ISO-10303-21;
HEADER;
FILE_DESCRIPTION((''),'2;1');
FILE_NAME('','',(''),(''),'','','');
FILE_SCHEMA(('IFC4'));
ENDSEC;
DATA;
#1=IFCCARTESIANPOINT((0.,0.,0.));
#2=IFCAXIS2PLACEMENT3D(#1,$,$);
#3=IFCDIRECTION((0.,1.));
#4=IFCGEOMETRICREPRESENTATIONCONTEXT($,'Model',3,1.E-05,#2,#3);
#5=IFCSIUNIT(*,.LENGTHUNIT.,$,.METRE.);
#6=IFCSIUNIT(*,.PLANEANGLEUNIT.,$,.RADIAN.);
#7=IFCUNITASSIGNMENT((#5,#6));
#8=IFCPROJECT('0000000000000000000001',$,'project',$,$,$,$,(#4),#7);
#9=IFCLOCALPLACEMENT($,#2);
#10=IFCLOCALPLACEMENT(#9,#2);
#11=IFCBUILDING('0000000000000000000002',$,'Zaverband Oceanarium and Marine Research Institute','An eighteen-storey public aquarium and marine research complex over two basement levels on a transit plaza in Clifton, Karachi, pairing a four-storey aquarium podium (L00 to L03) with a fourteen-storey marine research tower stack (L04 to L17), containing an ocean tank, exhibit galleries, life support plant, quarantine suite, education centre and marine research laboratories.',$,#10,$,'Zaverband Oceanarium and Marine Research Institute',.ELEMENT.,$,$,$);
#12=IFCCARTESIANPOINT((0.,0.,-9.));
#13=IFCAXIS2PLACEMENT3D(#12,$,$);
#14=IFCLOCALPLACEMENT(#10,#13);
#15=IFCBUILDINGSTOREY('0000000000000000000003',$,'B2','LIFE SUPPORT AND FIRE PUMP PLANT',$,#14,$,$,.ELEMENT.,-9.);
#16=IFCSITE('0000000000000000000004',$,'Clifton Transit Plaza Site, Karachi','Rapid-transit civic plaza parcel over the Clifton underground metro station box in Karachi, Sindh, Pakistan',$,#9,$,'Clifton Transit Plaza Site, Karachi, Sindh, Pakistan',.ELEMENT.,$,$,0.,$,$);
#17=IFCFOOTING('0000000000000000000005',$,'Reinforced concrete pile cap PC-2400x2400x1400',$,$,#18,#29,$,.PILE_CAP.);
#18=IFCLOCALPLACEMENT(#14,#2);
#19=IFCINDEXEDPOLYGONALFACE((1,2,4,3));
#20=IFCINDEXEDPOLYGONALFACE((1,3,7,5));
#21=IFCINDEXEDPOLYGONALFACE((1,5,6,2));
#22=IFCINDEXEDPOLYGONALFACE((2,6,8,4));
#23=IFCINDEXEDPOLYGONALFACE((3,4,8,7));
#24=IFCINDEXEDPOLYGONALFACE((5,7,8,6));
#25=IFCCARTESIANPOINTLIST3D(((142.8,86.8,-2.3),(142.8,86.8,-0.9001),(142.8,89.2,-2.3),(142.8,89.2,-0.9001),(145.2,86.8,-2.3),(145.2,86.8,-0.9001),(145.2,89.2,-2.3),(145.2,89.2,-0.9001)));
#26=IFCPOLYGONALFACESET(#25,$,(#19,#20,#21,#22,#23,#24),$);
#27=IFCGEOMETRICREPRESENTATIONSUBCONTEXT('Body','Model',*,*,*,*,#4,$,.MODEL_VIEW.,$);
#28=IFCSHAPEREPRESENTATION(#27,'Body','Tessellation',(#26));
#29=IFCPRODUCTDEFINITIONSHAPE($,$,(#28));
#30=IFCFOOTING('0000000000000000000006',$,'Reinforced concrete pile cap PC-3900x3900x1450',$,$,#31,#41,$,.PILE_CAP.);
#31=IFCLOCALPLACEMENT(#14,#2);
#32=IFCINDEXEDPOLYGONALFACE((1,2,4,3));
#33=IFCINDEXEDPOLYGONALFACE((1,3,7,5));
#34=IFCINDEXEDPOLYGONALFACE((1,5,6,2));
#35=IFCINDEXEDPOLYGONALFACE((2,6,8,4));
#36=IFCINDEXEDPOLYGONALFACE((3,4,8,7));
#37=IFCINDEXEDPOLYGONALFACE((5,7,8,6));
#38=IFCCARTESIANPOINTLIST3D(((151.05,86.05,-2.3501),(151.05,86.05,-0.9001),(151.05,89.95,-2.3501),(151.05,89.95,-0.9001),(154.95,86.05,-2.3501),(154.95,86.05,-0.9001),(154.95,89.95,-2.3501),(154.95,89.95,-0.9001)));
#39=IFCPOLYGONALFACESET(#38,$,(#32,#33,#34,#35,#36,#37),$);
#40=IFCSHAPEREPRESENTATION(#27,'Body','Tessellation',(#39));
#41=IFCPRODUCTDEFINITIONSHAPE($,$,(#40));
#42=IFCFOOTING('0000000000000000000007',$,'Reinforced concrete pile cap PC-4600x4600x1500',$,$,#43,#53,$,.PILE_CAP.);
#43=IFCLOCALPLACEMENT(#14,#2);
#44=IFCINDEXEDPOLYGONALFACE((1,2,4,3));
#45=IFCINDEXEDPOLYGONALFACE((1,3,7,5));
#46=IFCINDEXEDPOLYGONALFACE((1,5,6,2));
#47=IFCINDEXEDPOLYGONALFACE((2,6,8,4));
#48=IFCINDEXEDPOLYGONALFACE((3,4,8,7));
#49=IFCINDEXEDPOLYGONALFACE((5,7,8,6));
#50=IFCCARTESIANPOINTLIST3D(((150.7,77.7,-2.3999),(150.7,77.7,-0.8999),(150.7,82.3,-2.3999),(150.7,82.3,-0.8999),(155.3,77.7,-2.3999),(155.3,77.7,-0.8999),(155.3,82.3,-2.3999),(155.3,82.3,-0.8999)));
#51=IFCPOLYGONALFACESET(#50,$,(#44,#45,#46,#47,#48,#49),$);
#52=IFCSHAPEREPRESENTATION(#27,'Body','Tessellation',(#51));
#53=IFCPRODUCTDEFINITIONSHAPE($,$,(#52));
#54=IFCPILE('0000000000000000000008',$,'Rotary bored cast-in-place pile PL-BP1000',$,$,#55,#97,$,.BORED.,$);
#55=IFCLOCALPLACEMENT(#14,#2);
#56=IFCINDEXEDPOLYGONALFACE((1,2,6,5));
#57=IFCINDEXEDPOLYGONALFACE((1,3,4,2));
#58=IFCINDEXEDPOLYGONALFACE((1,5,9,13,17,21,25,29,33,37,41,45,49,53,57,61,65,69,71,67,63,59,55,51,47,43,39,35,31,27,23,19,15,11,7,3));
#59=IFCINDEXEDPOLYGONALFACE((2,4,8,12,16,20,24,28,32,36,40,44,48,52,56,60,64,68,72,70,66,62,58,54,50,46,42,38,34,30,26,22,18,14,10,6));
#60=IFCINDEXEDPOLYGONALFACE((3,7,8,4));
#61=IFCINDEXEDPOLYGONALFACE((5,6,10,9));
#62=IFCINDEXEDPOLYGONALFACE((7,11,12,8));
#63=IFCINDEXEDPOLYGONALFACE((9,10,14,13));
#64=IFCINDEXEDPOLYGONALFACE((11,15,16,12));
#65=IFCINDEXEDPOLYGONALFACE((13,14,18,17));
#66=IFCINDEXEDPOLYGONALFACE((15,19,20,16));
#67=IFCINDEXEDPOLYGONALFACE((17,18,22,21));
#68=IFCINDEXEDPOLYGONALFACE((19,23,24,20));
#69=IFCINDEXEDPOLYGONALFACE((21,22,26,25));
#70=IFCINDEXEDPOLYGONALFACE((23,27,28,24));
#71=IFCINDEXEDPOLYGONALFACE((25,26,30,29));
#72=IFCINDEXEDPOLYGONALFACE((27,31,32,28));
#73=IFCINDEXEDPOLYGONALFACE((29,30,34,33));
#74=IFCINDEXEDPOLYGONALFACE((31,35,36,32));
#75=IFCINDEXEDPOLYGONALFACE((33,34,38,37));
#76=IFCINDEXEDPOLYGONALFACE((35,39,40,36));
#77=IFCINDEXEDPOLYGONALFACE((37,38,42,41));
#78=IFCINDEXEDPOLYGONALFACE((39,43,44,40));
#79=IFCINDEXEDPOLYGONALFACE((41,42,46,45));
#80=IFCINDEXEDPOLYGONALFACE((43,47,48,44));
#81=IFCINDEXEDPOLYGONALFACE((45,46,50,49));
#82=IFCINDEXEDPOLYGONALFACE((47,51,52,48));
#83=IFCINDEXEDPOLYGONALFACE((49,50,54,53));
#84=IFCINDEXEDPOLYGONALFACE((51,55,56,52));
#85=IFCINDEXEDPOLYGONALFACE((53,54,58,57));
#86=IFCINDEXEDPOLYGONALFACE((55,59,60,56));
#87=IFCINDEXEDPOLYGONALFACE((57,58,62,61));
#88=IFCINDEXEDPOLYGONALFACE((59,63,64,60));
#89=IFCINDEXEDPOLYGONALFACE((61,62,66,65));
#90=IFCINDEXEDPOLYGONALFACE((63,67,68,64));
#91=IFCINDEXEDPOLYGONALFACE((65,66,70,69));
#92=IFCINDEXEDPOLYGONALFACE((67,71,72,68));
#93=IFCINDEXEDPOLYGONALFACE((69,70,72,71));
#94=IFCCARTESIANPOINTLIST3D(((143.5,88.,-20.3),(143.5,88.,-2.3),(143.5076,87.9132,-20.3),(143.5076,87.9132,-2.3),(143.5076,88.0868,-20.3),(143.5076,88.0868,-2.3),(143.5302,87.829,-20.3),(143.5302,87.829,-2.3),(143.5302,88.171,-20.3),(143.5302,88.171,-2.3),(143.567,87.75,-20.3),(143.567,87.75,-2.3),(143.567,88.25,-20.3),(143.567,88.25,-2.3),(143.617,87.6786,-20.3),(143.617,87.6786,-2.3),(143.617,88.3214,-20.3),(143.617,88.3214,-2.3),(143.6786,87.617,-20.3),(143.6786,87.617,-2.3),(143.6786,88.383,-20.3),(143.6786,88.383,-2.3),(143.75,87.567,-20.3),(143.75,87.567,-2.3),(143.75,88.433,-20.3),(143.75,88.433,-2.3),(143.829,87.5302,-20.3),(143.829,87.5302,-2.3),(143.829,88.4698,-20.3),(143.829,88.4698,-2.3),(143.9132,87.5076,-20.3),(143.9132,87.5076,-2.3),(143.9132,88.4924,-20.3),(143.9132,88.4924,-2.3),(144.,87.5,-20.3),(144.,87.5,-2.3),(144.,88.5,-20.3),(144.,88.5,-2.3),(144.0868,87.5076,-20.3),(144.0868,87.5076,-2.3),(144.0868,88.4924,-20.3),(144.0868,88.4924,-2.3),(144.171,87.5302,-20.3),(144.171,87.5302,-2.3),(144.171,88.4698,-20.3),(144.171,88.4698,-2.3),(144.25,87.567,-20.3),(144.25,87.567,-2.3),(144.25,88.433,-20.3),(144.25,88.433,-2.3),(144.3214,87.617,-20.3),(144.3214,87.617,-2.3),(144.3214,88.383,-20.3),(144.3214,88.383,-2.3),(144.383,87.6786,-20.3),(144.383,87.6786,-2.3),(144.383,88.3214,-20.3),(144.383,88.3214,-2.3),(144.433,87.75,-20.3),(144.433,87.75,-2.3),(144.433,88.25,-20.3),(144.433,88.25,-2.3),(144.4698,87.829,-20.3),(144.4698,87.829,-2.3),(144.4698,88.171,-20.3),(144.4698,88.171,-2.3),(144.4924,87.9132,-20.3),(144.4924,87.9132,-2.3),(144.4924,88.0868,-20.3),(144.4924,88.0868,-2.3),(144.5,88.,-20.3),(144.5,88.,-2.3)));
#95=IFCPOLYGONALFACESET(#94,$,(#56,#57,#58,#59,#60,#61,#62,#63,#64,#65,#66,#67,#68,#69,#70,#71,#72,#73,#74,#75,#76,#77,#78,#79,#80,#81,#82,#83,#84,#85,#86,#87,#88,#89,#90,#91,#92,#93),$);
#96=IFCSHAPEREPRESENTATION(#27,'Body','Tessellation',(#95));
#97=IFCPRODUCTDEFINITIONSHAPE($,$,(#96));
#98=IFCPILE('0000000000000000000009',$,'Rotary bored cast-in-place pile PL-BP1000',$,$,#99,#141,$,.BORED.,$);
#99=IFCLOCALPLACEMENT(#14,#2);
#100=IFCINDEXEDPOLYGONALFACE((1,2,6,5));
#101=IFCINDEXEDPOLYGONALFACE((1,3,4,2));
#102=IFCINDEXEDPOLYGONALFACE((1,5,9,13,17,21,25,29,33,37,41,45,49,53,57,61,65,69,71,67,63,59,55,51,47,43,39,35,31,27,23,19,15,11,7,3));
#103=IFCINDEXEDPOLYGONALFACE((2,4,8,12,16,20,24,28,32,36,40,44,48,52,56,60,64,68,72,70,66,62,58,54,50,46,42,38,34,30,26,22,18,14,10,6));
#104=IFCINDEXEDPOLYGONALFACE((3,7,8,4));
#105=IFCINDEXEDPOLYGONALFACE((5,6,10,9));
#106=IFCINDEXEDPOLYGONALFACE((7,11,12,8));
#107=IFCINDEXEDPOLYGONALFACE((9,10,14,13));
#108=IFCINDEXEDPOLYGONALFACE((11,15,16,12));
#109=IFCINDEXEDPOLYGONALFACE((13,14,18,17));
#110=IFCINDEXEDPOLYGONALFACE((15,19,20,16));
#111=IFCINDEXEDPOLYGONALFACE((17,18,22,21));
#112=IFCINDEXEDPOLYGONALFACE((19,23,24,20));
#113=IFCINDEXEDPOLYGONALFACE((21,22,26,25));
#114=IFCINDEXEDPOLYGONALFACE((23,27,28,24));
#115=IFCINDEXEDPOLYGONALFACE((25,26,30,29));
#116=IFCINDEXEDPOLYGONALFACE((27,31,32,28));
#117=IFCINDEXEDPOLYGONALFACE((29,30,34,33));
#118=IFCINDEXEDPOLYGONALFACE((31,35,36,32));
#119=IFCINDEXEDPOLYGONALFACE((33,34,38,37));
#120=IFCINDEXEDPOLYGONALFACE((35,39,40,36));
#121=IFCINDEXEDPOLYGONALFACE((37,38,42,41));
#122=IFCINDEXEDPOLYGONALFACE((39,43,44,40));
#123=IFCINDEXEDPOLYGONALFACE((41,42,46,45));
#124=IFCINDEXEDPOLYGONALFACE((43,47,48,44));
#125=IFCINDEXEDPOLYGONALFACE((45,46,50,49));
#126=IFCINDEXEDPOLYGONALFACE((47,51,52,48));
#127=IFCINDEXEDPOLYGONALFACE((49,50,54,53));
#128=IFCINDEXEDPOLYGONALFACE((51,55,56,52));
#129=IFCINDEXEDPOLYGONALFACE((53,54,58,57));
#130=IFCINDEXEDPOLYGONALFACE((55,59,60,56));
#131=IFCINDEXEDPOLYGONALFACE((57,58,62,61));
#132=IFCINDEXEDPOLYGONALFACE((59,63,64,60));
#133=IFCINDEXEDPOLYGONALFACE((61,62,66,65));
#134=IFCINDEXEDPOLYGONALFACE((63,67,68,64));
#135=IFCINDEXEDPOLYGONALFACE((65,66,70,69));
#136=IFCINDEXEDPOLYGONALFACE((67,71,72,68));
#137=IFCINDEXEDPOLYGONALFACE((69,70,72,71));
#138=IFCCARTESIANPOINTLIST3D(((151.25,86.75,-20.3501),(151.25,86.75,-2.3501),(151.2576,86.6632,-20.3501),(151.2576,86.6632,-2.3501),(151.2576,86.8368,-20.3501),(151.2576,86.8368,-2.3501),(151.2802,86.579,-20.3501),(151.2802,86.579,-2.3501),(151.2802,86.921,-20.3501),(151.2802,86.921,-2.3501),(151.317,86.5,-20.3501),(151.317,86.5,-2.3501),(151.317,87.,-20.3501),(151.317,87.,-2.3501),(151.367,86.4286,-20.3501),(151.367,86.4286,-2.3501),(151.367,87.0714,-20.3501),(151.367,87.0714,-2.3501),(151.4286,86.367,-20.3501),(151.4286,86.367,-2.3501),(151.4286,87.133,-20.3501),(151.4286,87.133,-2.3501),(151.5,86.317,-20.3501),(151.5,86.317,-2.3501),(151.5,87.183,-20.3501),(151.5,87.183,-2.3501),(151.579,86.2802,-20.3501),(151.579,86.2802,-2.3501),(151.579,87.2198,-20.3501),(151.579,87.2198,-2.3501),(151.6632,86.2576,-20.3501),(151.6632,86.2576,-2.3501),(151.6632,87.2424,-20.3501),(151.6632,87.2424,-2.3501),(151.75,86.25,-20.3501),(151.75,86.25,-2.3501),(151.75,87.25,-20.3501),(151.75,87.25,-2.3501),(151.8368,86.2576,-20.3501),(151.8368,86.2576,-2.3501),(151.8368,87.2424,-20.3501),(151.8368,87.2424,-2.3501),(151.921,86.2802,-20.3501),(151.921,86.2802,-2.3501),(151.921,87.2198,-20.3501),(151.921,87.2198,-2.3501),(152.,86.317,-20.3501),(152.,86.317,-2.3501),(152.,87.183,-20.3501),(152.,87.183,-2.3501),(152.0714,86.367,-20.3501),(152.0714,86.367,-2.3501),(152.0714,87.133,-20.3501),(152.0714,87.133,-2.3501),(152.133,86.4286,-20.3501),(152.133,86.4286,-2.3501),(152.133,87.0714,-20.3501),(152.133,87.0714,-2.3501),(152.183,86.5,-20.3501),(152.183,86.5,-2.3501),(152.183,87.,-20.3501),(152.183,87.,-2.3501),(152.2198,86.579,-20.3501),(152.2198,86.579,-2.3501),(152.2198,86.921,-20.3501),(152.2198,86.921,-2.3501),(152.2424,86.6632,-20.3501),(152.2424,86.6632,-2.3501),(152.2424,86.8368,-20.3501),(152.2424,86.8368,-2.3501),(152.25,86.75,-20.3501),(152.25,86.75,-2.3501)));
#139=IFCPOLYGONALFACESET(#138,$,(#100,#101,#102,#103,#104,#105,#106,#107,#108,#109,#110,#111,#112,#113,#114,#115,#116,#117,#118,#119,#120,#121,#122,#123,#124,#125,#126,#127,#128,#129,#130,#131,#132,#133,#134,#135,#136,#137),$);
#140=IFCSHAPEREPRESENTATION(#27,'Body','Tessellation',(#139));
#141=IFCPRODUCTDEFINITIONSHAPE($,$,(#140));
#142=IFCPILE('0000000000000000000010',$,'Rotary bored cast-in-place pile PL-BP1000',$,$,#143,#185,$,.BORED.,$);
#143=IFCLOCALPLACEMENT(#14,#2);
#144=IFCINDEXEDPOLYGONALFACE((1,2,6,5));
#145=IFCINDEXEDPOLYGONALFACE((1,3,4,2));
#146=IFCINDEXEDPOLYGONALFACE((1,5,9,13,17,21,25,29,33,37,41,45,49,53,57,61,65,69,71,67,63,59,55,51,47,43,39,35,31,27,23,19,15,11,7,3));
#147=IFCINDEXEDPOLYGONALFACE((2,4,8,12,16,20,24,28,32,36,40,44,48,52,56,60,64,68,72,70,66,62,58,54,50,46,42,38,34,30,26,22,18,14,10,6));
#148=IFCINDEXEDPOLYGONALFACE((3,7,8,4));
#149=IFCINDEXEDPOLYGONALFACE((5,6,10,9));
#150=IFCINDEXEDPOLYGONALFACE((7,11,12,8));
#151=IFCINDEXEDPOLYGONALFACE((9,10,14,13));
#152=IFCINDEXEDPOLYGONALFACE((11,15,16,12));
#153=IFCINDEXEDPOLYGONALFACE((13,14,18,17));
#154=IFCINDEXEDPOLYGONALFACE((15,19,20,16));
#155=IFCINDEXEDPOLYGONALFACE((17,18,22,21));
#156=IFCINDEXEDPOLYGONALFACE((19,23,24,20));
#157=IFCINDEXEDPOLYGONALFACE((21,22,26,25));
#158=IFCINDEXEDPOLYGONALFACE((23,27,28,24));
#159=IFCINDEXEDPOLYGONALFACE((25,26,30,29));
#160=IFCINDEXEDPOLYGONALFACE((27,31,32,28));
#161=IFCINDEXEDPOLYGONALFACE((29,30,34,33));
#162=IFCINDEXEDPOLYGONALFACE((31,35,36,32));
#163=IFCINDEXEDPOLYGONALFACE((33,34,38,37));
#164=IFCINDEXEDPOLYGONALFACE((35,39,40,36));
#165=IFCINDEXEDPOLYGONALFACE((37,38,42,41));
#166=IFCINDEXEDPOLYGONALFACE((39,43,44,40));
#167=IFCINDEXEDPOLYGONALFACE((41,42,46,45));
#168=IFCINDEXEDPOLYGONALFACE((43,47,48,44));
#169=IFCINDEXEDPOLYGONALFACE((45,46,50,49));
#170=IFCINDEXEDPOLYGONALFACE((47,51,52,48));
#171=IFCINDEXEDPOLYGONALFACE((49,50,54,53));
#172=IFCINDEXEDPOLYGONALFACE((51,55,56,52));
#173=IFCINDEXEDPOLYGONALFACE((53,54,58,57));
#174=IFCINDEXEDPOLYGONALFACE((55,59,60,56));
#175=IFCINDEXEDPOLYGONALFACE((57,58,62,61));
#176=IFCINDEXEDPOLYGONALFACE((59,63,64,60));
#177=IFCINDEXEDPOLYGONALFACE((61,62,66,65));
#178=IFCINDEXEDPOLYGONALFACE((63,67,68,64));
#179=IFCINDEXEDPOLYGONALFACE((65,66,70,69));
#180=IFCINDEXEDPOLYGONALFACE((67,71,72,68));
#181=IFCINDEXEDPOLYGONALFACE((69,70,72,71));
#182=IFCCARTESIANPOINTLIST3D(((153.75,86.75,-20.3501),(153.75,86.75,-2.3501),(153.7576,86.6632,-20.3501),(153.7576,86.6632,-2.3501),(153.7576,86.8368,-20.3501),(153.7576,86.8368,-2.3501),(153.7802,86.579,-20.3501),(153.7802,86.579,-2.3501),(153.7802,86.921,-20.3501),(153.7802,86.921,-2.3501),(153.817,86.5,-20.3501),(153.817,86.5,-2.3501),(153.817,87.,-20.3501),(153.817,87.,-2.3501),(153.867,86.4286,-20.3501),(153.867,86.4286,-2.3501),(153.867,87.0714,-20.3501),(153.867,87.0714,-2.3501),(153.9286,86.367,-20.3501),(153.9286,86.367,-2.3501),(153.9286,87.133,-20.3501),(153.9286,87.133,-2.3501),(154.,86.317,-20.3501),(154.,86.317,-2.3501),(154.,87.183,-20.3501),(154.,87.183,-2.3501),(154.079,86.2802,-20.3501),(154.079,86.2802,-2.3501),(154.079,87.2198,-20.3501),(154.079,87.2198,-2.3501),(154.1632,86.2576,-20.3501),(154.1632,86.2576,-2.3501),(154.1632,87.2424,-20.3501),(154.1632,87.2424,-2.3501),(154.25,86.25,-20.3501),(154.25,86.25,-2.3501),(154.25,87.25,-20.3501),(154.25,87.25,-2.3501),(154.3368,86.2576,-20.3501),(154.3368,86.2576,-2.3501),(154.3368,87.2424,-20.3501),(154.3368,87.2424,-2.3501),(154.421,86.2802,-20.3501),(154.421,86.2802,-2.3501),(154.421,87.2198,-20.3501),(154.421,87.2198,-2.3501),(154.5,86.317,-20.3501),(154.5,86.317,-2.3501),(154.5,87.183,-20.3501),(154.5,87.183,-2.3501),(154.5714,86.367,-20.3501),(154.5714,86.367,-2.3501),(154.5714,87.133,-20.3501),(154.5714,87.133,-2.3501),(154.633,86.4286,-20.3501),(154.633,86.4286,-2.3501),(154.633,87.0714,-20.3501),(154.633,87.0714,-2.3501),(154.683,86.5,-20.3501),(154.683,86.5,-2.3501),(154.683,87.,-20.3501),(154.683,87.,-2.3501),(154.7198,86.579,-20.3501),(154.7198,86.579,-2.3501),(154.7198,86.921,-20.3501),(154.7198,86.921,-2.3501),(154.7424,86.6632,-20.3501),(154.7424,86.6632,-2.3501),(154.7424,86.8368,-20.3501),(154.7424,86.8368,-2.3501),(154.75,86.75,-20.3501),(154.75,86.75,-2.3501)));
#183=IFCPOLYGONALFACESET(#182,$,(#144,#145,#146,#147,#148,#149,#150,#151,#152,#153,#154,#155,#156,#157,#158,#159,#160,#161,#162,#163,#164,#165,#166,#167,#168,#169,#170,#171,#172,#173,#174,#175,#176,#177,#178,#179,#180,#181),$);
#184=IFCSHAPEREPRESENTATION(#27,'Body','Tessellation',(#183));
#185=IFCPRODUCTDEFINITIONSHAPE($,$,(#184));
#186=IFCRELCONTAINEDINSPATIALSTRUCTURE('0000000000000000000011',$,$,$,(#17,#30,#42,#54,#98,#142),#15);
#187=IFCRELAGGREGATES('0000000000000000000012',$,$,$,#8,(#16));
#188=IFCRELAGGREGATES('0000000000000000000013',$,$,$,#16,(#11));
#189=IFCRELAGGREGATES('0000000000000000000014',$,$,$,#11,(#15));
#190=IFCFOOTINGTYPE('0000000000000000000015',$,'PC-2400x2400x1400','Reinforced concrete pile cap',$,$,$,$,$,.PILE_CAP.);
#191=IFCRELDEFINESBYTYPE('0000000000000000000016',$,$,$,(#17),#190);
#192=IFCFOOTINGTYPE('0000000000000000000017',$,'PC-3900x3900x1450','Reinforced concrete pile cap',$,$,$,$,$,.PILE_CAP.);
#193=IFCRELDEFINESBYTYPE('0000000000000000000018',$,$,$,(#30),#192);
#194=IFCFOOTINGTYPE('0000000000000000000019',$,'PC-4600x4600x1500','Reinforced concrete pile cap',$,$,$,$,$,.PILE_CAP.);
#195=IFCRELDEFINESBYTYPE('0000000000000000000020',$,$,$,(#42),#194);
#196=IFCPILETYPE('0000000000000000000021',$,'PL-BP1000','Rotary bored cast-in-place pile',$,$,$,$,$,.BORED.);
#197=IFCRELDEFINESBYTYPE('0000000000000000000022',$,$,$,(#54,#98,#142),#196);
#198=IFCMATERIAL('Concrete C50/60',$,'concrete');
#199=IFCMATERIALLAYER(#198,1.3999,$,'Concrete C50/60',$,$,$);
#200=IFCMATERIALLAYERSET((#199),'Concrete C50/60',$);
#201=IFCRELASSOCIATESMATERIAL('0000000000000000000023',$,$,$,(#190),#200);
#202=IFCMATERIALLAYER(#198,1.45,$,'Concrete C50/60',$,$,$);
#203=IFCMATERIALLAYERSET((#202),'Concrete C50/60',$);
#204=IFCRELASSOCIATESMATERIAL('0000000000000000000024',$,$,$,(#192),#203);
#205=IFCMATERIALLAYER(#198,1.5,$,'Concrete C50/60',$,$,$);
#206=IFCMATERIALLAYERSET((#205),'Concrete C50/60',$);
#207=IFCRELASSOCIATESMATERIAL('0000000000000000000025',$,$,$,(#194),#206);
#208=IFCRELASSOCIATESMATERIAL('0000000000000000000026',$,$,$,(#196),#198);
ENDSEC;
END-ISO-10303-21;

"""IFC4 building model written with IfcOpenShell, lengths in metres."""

from ifc_helpers import new_model, si_unit, direction, frame, origin, origin_2d, place, context, subcontext, project, spatial, rectangle, circle, extrude, material, layer, layer_set, material_profile, profile_set, type_object, element, save


model = new_model("IFC4")

# Units and contexts
model_context = context("Model", 3, precision=1e-05, world=origin(), true_north=direction((0.0, 1.0)))
body_context = subcontext(model_context, "Body", "Model", "MODEL_VIEW")
ifc_project = project(units=[si_unit("LENGTHUNIT", "METRE"), si_unit("PLANEANGLEUNIT", "RADIAN")], contexts=[model_context])

# Site, building, storey
site_placement = place(None, origin())
site = spatial("IfcSite", under=ifc_project, at=site_placement, Name="Clifton Transit Plaza Site, Karachi", Description="Rapid-transit civic plaza parcel over the Clifton underground metro station box in Karachi, Sindh, Pakistan", LongName="Clifton Transit Plaza Site, Karachi, Sindh, Pakistan", CompositionType="ELEMENT", RefElevation=0.0)
building_placement = place(site_placement, origin())
building = spatial("IfcBuilding", under=site, at=building_placement, Name="Zaverband Oceanarium and Marine Research Institute", Description="An eighteen-storey public aquarium and marine research complex over two basement levels on a transit plaza in Clifton, Karachi, pairing a four-storey aquarium podium (L00 to L03) with a fourteen-storey marine research tower stack (L04 to L17), containing an ocean tank, exhibit galleries, life support plant, quarantine suite, education centre and marine research laboratories.", LongName="Zaverband Oceanarium and Marine Research Institute", CompositionType="ELEMENT")
storey_placement = place(building_placement, frame((0.0, 0.0, -9.0)))
storey = spatial("IfcBuildingStorey", under=building, at=storey_placement, Name="B2", Description="LIFE SUPPORT AND FIRE PUMP PLANT", CompositionType="ELEMENT", Elevation=-9.0)

# Footings
ifc_material_1 = material(Name="Concrete C50/60", Category="concrete")
ifc_layer_1 = layer(ifc_material_1, 1.3999, Name="Concrete C50/60")
ifc_layer_set_1 = layer_set([ifc_layer_1], Name="Concrete C50/60")
footing_type_1 = type_object("IfcFootingType", Name="PC-2400x2400x1400", Description="Reinforced concrete pile cap", PredefinedType="PILE_CAP", material=ifc_layer_set_1)
footing_1_placement = place(storey_placement, frame((144.0, 88.0, -2.3), z_axis=(0.0, 0.0, 1.0), x_axis=(1.0, 0.0, 0.0)))
element("IfcFooting", 1, at=footing_1_placement, inside=storey, type_object=footing_type_1, Name="Reinforced concrete pile cap PC-2400x2400x1400", PredefinedType="PILE_CAP", context=body_context, shape_type="SweptSolid", body=[
    extrude(rectangle(XDim=2.3999, YDim=2.3999, at=origin_2d()), origin(), (0.0, 0.0, 1.0), 1.3999),
])
ifc_layer_2 = layer(ifc_material_1, 1.45, Name="Concrete C50/60")
ifc_layer_set_2 = layer_set([ifc_layer_2], Name="Concrete C50/60")
footing_type_2 = type_object("IfcFootingType", Name="PC-3900x3900x1450", Description="Reinforced concrete pile cap", PredefinedType="PILE_CAP", material=ifc_layer_set_2)
footing_2_placement = place(storey_placement, frame((153.0, 88.0, -2.3501), z_axis=(0.0, 0.0, 1.0), x_axis=(1.0, 0.0, 0.0)))
element("IfcFooting", 2, at=footing_2_placement, inside=storey, type_object=footing_type_2, Name="Reinforced concrete pile cap PC-3900x3900x1450", PredefinedType="PILE_CAP", context=body_context, shape_type="SweptSolid", body=[
    extrude(rectangle(XDim=3.8999, YDim=3.8999, at=origin_2d()), origin(), (0.0, 0.0, 1.0), 1.45),
])
ifc_layer_3 = layer(ifc_material_1, 1.5, Name="Concrete C50/60")
ifc_layer_set_3 = layer_set([ifc_layer_3], Name="Concrete C50/60")
footing_type_3 = type_object("IfcFootingType", Name="PC-4600x4600x1500", Description="Reinforced concrete pile cap", PredefinedType="PILE_CAP", material=ifc_layer_set_3)
footing_3_placement = place(storey_placement, frame((153.0, 80.0, -2.3999), z_axis=(0.0, 0.0, 1.0), x_axis=(1.0, 0.0, 0.0)))
element("IfcFooting", 3, at=footing_3_placement, inside=storey, type_object=footing_type_3, Name="Reinforced concrete pile cap PC-4600x4600x1500", PredefinedType="PILE_CAP", context=body_context, shape_type="SweptSolid", body=[
    extrude(rectangle(XDim=4.6001, YDim=4.6001, at=origin_2d()), origin(), (0.0, 0.0, 1.0), 1.5),
])

# Piles
ifc_material_profile_1 = material_profile(ifc_material_1, circle(Radius=0.5, at=origin_2d()), Name="BP1000")
ifc_profile_set_1 = profile_set([ifc_material_profile_1], Name="Concrete C50/60")
pile_type_1 = type_object("IfcPileType", Name="PL-BP1000", Description="Rotary bored cast-in-place pile", PredefinedType="BORED", material=ifc_profile_set_1)
for number, where, z_axis, x_axis, name in (
    (4, (144.0, 88.0, -2.3), (0.0, 0.0, -1.0), (1.0, 0.0, 0.0), "Rotary bored cast-in-place pile PL-BP1000"),
    (5, (151.75, 86.75, -2.3501), (0.0, 0.0, -1.0), (1.0, 0.0, 0.0), "Rotary bored cast-in-place pile PL-BP1000"),
    (6, (154.25, 86.75, -2.3501), (0.0, 0.0, -1.0), (1.0, 0.0, 0.0), "Rotary bored cast-in-place pile PL-BP1000"),
):
    element("IfcPile", number, at=place(storey_placement, frame(where, z_axis=z_axis, x_axis=x_axis)), inside=storey, type_object=pile_type_1, Name=name, PredefinedType="BORED", context=body_context, shape_type="SweptSolid", body=[
        extrude(circle(Radius=0.5, at=origin_2d()), origin(), (0.0, 0.0, 1.0), 18.0),
    ])

save(model, "model.ifc")
